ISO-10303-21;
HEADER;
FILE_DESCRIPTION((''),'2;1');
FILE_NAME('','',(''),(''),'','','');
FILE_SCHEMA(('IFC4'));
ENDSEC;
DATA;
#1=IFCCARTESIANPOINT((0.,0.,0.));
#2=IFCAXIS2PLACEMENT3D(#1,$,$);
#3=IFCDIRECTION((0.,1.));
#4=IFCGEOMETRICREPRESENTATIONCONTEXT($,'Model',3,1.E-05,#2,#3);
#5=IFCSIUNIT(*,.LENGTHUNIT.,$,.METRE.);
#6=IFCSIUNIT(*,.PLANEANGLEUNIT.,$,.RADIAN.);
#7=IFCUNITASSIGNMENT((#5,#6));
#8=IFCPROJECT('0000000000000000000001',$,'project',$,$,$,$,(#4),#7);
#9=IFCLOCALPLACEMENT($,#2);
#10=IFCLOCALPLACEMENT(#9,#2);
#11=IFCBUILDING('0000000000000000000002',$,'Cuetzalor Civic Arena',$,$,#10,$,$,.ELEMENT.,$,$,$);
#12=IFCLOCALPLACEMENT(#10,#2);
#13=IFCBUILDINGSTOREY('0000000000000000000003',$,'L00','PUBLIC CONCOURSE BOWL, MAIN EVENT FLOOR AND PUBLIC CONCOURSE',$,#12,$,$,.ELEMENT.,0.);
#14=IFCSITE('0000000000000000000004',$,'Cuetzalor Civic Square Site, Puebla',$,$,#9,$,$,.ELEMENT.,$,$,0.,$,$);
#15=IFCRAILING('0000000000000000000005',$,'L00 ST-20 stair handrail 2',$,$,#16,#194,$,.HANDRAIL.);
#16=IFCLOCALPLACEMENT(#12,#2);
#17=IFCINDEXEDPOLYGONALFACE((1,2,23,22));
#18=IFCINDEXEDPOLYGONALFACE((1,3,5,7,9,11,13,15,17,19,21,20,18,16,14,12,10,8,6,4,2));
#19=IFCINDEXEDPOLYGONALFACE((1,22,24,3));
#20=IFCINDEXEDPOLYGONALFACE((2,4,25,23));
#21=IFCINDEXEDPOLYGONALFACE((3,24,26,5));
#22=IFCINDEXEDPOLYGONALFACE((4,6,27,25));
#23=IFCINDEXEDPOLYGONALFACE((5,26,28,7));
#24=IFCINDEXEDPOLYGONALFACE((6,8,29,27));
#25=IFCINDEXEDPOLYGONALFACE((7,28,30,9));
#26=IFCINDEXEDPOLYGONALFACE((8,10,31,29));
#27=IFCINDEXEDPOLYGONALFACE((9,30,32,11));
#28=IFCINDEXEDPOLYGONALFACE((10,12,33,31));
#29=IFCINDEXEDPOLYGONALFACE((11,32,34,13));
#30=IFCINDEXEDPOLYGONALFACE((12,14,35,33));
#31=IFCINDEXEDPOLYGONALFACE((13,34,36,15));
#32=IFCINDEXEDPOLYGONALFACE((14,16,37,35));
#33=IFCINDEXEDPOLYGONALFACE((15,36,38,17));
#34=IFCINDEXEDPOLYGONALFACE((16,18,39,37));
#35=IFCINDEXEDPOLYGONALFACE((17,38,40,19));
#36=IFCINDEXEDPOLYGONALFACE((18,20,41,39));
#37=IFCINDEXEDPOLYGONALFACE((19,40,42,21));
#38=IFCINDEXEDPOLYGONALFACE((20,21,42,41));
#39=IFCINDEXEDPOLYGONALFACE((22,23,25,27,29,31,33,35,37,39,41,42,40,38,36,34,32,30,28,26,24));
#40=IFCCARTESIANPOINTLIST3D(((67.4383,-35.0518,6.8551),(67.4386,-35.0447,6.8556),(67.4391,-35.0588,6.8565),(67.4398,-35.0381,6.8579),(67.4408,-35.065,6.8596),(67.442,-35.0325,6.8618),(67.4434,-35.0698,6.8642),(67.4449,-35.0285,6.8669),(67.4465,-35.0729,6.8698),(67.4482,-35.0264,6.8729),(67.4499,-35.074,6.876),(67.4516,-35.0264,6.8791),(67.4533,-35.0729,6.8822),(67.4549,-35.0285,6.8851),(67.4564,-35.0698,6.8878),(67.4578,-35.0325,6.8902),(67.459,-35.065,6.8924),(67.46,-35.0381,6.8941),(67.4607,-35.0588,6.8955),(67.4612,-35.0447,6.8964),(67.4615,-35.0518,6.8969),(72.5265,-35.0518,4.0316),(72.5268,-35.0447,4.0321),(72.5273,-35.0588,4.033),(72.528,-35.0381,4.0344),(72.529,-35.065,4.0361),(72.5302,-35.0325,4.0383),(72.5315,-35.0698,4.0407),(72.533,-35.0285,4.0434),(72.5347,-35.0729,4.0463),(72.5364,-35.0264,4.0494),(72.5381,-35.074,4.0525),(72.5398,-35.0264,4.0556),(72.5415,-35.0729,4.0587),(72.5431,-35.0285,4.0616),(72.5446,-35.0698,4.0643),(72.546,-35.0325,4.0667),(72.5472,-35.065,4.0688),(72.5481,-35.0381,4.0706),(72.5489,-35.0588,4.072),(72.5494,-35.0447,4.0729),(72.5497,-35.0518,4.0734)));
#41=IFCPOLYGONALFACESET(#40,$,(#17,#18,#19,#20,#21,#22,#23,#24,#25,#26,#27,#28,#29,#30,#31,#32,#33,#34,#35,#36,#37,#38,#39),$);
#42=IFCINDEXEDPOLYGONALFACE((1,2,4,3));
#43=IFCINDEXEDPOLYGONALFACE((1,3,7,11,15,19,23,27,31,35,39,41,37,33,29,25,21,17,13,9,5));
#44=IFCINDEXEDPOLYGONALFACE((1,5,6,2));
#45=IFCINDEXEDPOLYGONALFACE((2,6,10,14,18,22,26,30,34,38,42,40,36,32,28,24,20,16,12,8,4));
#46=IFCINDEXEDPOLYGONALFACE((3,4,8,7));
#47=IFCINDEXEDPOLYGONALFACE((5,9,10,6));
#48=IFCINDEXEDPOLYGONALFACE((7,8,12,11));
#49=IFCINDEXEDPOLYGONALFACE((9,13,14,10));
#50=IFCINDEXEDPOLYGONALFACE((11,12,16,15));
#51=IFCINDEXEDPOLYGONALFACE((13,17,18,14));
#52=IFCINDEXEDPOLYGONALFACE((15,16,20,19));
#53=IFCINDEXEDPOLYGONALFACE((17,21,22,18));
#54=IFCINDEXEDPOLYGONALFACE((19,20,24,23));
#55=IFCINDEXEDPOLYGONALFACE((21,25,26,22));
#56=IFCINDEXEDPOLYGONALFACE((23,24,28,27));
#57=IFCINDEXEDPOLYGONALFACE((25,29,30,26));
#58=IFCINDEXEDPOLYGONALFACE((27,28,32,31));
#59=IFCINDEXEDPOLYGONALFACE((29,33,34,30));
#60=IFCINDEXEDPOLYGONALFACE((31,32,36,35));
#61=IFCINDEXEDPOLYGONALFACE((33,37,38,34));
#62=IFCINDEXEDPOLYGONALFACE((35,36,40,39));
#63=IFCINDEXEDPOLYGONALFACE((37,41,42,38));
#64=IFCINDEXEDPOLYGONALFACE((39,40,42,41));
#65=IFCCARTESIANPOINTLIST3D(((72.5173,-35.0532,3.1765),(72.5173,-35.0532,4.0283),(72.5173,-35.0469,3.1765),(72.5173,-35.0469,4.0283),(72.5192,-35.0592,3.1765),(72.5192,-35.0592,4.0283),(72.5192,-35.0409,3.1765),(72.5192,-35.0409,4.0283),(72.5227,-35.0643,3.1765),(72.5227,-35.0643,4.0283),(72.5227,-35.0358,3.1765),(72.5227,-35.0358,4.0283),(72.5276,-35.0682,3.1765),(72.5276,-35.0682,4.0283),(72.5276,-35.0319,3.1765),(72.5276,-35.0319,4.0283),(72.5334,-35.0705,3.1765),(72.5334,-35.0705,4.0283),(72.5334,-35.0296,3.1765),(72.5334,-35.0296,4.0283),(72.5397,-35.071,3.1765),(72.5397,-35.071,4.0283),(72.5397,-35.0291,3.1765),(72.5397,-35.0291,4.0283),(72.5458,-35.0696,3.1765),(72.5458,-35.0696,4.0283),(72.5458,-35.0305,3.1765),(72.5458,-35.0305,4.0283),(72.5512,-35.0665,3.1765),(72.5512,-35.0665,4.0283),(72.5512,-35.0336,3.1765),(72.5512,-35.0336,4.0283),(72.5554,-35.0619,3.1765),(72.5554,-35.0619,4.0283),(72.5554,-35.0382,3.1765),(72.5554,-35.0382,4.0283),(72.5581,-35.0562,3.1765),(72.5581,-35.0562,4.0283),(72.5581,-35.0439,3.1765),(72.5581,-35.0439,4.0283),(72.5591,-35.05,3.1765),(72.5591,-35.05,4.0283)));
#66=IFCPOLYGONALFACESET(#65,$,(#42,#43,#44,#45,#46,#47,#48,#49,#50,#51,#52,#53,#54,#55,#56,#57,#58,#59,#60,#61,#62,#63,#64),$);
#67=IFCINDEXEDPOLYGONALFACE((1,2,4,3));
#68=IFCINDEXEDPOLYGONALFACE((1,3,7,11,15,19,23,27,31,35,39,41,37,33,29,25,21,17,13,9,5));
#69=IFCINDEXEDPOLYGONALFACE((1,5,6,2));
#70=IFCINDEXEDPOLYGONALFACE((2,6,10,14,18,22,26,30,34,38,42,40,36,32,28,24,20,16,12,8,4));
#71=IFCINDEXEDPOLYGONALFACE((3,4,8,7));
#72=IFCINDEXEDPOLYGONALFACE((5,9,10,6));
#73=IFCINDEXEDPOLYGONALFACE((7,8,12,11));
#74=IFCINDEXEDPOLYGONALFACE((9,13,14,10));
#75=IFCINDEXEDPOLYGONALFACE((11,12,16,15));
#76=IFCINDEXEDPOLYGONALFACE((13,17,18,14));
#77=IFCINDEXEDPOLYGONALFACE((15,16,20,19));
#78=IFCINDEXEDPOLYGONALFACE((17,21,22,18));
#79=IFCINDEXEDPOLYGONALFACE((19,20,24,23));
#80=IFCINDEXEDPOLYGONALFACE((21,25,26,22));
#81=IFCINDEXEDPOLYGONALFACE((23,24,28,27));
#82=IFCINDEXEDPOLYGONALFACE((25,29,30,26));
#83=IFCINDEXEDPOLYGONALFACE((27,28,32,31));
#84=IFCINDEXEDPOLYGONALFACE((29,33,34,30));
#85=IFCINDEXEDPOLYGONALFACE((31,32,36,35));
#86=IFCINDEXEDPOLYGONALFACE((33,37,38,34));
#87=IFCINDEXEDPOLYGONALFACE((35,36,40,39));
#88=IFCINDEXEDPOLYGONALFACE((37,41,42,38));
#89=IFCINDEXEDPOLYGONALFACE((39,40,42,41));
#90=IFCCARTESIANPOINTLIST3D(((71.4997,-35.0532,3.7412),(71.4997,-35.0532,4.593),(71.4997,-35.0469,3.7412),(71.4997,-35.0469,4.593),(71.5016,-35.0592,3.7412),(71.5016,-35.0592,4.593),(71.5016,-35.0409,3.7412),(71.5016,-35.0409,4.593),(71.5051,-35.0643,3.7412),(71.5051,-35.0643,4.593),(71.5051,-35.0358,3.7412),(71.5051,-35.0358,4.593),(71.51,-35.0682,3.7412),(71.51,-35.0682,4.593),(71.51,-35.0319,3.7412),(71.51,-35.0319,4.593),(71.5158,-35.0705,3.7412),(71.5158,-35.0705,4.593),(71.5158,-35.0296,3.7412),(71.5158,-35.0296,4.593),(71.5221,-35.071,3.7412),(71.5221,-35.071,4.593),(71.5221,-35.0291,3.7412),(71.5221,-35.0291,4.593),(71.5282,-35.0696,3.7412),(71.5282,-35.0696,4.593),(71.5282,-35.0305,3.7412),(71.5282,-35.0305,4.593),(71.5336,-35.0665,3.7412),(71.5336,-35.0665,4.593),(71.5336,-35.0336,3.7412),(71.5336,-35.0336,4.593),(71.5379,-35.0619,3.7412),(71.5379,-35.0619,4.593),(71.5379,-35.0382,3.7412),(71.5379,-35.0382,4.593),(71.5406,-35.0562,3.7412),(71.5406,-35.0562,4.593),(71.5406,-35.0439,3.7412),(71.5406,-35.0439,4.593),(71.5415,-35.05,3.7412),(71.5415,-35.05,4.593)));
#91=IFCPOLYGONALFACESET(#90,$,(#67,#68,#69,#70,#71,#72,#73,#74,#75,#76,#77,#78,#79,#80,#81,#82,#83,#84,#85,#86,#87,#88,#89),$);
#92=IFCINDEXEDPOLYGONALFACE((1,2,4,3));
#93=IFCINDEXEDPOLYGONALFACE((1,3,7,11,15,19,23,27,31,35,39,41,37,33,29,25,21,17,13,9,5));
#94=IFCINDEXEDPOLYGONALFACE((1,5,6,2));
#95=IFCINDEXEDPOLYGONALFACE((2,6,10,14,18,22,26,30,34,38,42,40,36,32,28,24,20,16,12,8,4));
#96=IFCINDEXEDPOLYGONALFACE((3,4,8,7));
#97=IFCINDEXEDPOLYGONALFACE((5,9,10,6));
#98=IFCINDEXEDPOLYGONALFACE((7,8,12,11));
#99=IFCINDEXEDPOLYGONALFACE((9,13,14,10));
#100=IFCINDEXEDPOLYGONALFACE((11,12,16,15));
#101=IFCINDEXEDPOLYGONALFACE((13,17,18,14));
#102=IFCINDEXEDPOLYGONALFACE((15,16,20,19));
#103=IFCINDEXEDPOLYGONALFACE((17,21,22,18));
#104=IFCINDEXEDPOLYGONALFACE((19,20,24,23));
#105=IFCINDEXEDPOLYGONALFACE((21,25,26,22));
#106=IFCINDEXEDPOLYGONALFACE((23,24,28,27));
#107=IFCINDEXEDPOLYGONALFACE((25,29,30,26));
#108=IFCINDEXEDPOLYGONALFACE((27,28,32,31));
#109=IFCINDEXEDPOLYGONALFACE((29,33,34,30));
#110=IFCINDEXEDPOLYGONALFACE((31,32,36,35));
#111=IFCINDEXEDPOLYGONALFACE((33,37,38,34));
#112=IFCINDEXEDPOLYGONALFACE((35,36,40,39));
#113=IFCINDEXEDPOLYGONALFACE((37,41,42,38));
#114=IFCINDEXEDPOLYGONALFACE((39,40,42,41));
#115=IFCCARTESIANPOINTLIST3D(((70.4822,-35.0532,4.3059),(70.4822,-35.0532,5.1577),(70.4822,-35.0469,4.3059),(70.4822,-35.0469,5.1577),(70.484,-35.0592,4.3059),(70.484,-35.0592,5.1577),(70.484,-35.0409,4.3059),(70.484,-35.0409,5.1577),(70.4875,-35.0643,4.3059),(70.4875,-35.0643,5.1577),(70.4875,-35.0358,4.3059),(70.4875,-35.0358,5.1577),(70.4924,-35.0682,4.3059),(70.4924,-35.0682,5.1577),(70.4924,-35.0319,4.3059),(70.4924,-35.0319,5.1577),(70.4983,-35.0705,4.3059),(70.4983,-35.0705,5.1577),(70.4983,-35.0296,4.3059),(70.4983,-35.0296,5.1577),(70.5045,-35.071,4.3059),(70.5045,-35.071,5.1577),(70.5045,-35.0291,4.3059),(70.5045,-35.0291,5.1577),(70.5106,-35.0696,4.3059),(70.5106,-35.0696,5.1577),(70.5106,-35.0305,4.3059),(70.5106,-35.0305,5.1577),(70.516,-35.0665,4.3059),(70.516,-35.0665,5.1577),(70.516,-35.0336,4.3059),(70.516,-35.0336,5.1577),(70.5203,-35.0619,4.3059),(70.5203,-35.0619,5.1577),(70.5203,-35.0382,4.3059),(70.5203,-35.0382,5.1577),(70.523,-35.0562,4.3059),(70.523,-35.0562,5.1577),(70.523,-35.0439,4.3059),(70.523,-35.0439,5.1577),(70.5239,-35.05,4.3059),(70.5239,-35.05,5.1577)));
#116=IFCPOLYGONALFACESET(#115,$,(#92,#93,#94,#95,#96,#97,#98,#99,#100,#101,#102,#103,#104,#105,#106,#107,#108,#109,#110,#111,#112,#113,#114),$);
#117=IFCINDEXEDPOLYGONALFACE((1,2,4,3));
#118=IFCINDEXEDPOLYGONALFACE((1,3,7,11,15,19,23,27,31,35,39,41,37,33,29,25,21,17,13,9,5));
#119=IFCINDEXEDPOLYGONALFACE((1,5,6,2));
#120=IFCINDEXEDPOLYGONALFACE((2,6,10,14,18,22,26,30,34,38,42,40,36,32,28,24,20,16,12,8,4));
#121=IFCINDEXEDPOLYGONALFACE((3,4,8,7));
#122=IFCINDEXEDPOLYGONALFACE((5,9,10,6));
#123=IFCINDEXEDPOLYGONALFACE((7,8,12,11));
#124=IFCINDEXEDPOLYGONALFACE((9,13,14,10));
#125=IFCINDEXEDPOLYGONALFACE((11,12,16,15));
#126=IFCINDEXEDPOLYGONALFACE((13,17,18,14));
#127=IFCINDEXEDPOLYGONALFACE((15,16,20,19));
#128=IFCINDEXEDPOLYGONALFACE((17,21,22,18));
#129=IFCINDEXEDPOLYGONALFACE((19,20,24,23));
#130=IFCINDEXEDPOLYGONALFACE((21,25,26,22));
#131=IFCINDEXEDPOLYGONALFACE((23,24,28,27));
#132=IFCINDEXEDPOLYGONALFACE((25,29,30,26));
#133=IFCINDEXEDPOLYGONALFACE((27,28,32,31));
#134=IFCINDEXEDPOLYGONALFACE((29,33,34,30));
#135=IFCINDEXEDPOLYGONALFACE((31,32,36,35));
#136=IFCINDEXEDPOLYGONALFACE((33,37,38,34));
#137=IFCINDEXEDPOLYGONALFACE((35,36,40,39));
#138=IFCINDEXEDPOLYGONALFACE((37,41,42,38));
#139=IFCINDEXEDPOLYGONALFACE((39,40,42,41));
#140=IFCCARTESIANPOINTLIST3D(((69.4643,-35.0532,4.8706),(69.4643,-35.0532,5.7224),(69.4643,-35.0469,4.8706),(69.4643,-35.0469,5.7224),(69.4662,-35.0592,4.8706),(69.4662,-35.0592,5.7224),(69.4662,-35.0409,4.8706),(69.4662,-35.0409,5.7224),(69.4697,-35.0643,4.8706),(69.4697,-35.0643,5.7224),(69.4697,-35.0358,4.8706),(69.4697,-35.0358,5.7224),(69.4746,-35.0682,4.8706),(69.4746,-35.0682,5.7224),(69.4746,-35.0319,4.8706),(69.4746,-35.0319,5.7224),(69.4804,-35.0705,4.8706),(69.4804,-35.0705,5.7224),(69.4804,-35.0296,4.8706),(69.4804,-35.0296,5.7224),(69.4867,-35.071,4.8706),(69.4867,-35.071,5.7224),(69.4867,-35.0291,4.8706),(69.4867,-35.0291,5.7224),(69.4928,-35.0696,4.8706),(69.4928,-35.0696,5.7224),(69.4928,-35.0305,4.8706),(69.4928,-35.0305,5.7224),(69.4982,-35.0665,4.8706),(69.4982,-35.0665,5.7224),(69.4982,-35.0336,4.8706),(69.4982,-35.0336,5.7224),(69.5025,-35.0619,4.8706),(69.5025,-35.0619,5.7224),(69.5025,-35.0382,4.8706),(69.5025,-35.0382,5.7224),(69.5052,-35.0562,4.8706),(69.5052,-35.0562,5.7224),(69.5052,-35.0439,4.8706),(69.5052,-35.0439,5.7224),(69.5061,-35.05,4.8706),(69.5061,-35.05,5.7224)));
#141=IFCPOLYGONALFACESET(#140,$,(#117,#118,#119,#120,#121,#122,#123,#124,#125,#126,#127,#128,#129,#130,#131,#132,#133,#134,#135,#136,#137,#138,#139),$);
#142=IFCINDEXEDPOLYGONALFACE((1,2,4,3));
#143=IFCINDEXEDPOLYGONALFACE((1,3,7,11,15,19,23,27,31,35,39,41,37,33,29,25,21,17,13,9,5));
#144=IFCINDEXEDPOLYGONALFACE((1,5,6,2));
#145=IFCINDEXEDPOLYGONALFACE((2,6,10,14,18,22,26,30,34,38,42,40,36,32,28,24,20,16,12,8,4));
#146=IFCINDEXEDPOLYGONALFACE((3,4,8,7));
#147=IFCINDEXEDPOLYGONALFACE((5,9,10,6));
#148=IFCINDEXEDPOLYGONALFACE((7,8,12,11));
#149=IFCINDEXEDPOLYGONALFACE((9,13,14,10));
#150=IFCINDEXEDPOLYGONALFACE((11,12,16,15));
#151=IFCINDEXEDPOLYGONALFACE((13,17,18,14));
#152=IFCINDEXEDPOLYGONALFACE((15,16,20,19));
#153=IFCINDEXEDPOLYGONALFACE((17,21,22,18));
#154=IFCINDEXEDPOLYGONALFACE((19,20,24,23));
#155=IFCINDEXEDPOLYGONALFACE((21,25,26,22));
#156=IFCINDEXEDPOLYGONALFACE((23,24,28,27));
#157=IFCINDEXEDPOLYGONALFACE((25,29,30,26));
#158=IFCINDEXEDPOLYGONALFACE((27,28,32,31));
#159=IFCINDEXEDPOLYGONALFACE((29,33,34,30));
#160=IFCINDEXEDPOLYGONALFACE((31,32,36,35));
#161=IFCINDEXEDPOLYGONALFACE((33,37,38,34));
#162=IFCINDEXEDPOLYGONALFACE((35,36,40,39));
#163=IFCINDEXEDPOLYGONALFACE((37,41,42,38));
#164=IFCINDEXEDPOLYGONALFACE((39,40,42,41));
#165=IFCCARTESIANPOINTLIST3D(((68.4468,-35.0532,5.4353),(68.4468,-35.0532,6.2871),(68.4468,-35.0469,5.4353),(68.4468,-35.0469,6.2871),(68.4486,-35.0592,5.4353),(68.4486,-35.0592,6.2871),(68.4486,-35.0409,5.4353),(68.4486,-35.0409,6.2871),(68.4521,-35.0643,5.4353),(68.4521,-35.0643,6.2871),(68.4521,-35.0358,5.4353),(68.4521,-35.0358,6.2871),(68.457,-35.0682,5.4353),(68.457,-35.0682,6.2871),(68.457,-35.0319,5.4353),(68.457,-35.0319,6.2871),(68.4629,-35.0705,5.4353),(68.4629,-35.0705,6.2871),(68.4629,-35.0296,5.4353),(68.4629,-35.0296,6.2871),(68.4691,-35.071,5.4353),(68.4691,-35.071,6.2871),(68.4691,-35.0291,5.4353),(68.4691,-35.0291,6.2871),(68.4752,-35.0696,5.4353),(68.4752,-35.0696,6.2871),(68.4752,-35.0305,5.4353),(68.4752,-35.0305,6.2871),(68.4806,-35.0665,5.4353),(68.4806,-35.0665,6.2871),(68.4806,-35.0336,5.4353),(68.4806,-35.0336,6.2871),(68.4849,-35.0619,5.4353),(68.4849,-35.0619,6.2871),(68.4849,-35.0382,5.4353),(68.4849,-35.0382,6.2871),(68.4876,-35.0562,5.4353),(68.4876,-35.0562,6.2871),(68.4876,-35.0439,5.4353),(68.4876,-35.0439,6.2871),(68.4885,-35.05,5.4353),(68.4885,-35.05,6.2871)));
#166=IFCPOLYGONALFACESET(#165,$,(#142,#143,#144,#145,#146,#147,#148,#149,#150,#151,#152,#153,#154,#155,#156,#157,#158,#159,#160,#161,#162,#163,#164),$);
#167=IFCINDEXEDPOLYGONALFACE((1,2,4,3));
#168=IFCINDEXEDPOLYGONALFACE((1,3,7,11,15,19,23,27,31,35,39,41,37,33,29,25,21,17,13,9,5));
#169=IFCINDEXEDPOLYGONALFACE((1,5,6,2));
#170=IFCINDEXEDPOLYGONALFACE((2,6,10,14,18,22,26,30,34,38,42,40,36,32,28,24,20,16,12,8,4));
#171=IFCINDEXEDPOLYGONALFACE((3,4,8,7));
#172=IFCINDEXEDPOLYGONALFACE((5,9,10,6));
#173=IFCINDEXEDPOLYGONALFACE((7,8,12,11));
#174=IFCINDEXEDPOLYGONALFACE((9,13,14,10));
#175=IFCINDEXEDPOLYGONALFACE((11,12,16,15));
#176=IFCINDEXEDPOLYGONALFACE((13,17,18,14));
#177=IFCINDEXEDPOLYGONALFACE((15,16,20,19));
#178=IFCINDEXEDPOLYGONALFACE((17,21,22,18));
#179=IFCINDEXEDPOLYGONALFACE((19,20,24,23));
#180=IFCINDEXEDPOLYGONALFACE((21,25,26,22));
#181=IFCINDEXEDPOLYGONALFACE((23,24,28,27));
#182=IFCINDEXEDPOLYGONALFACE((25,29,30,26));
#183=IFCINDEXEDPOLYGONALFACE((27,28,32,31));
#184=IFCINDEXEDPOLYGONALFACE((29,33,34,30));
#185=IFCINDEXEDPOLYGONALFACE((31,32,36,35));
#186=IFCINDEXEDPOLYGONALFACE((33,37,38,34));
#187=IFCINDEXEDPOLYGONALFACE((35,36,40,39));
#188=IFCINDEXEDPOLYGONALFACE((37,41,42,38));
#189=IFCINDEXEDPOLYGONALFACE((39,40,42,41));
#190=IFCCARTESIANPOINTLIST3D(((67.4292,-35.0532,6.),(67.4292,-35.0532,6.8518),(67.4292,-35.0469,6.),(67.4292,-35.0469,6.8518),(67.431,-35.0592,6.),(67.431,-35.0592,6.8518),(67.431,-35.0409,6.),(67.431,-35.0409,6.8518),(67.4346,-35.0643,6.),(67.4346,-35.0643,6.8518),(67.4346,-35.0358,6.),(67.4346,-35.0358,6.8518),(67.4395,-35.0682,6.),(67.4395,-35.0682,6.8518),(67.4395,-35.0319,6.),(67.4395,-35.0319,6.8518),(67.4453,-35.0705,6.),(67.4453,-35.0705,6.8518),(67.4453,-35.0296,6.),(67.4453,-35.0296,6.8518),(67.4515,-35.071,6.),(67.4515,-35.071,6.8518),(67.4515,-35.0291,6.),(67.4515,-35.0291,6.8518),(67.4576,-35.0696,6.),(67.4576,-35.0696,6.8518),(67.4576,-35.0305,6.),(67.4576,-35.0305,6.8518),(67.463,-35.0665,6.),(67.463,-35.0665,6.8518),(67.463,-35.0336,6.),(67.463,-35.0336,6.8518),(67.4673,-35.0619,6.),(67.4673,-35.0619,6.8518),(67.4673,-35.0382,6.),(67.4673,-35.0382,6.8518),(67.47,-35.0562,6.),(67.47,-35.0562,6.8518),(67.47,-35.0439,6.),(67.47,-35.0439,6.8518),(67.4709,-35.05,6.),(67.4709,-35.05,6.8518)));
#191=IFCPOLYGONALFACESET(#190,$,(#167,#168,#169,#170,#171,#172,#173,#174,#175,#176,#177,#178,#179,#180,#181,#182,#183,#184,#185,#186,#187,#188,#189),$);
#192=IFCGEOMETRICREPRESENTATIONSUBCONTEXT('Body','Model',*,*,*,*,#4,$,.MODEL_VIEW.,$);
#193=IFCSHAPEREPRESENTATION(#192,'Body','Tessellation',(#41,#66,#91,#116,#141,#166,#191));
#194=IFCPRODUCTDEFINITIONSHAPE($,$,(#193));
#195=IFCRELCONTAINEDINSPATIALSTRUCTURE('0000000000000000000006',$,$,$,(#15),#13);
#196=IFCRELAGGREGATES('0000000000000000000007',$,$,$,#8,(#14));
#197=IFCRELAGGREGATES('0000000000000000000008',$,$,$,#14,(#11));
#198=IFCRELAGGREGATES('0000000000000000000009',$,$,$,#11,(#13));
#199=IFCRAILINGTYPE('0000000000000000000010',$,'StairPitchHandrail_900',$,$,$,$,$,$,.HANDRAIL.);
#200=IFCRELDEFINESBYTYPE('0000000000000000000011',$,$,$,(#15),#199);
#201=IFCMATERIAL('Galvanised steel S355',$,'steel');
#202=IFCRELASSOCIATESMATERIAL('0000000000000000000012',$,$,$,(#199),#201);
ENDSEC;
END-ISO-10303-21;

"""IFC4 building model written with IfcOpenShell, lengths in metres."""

from ifc_helpers import new_model, si_unit, direction, frame, origin, origin_2d, place, context, subcontext, project, spatial, circle, extrude, material, type_object, element, save


model = new_model("IFC4")

# Units and contexts
model_context = context("Model", 3, precision=1e-05, world=origin(), true_north=direction((0.0, 1.0)))
body_context = subcontext(model_context, "Body", "Model", "MODEL_VIEW")
ifc_project = project(units=[si_unit("LENGTHUNIT", "METRE"), si_unit("PLANEANGLEUNIT", "RADIAN")], contexts=[model_context])

# Site, building, storey
site_placement = place(None, origin())
site = spatial("IfcSite", under=ifc_project, at=site_placement, Name="Cuetzalor Civic Square Site, Puebla", CompositionType="ELEMENT", RefElevation=0.0)
building_placement = place(site_placement, origin())
building = spatial("IfcBuilding", under=site, at=building_placement, Name="Cuetzalor Civic Arena", CompositionType="ELEMENT")
storey_placement = place(building_placement, origin())
storey = spatial("IfcBuildingStorey", under=building, at=storey_placement, Name="L00", Description="PUBLIC CONCOURSE BOWL, MAIN EVENT FLOOR AND PUBLIC CONCOURSE", CompositionType="ELEMENT", Elevation=0.0)

# Railing
ifc_material_1 = material(Name="Galvanised steel S355", Category="steel")
railing_type_1 = type_object("IfcRailingType", Name="StairPitchHandrail_900", PredefinedType="HANDRAIL", material=ifc_material_1)
railing_1_placement = place(storey_placement, frame((72.5381, -35.05, 3.1765)))
element("IfcRailing", 1, at=railing_1_placement, inside=storey, type_object=railing_type_1, Name="L00 ST-20 stair handrail 2", PredefinedType="HANDRAIL", context=body_context, shape_type="SweptSolid", body=[
    extrude(circle(Radius=0.0239, at=origin_2d()), frame((0.0, 0.0, 0.876), z_axis=(-0.874395, 0.0, 0.485215), x_axis=(0.0, -1.0, 0.0)), (0.0, 0.0, 1.0), 5.8191),
    extrude(circle(Radius=0.021, at=origin_2d()), origin(), (0.0, 0.0, 1.0), 0.8518),
    extrude(circle(Radius=0.021, at=origin_2d()), frame((-1.0176, 0.0, 0.5647)), (0.0, 0.0, 1.0), 0.8518),
    extrude(circle(Radius=0.021, at=origin_2d()), frame((-2.0352, 0.0, 1.1294)), (0.0, 0.0, 1.0), 0.8518),
    extrude(circle(Radius=0.021, at=origin_2d()), frame((-3.053, 0.0, 1.6941)), (0.0, 0.0, 1.0), 0.8518),
    extrude(circle(Radius=0.021, at=origin_2d()), frame((-4.0706, 0.0, 2.2588)), (0.0, 0.0, 1.0), 0.8518),
    extrude(circle(Radius=0.021, at=origin_2d()), frame((-5.0881, 0.0, 2.8235)), (0.0, 0.0, 1.0), 0.8518),
])

save(model, "model.ifc")
